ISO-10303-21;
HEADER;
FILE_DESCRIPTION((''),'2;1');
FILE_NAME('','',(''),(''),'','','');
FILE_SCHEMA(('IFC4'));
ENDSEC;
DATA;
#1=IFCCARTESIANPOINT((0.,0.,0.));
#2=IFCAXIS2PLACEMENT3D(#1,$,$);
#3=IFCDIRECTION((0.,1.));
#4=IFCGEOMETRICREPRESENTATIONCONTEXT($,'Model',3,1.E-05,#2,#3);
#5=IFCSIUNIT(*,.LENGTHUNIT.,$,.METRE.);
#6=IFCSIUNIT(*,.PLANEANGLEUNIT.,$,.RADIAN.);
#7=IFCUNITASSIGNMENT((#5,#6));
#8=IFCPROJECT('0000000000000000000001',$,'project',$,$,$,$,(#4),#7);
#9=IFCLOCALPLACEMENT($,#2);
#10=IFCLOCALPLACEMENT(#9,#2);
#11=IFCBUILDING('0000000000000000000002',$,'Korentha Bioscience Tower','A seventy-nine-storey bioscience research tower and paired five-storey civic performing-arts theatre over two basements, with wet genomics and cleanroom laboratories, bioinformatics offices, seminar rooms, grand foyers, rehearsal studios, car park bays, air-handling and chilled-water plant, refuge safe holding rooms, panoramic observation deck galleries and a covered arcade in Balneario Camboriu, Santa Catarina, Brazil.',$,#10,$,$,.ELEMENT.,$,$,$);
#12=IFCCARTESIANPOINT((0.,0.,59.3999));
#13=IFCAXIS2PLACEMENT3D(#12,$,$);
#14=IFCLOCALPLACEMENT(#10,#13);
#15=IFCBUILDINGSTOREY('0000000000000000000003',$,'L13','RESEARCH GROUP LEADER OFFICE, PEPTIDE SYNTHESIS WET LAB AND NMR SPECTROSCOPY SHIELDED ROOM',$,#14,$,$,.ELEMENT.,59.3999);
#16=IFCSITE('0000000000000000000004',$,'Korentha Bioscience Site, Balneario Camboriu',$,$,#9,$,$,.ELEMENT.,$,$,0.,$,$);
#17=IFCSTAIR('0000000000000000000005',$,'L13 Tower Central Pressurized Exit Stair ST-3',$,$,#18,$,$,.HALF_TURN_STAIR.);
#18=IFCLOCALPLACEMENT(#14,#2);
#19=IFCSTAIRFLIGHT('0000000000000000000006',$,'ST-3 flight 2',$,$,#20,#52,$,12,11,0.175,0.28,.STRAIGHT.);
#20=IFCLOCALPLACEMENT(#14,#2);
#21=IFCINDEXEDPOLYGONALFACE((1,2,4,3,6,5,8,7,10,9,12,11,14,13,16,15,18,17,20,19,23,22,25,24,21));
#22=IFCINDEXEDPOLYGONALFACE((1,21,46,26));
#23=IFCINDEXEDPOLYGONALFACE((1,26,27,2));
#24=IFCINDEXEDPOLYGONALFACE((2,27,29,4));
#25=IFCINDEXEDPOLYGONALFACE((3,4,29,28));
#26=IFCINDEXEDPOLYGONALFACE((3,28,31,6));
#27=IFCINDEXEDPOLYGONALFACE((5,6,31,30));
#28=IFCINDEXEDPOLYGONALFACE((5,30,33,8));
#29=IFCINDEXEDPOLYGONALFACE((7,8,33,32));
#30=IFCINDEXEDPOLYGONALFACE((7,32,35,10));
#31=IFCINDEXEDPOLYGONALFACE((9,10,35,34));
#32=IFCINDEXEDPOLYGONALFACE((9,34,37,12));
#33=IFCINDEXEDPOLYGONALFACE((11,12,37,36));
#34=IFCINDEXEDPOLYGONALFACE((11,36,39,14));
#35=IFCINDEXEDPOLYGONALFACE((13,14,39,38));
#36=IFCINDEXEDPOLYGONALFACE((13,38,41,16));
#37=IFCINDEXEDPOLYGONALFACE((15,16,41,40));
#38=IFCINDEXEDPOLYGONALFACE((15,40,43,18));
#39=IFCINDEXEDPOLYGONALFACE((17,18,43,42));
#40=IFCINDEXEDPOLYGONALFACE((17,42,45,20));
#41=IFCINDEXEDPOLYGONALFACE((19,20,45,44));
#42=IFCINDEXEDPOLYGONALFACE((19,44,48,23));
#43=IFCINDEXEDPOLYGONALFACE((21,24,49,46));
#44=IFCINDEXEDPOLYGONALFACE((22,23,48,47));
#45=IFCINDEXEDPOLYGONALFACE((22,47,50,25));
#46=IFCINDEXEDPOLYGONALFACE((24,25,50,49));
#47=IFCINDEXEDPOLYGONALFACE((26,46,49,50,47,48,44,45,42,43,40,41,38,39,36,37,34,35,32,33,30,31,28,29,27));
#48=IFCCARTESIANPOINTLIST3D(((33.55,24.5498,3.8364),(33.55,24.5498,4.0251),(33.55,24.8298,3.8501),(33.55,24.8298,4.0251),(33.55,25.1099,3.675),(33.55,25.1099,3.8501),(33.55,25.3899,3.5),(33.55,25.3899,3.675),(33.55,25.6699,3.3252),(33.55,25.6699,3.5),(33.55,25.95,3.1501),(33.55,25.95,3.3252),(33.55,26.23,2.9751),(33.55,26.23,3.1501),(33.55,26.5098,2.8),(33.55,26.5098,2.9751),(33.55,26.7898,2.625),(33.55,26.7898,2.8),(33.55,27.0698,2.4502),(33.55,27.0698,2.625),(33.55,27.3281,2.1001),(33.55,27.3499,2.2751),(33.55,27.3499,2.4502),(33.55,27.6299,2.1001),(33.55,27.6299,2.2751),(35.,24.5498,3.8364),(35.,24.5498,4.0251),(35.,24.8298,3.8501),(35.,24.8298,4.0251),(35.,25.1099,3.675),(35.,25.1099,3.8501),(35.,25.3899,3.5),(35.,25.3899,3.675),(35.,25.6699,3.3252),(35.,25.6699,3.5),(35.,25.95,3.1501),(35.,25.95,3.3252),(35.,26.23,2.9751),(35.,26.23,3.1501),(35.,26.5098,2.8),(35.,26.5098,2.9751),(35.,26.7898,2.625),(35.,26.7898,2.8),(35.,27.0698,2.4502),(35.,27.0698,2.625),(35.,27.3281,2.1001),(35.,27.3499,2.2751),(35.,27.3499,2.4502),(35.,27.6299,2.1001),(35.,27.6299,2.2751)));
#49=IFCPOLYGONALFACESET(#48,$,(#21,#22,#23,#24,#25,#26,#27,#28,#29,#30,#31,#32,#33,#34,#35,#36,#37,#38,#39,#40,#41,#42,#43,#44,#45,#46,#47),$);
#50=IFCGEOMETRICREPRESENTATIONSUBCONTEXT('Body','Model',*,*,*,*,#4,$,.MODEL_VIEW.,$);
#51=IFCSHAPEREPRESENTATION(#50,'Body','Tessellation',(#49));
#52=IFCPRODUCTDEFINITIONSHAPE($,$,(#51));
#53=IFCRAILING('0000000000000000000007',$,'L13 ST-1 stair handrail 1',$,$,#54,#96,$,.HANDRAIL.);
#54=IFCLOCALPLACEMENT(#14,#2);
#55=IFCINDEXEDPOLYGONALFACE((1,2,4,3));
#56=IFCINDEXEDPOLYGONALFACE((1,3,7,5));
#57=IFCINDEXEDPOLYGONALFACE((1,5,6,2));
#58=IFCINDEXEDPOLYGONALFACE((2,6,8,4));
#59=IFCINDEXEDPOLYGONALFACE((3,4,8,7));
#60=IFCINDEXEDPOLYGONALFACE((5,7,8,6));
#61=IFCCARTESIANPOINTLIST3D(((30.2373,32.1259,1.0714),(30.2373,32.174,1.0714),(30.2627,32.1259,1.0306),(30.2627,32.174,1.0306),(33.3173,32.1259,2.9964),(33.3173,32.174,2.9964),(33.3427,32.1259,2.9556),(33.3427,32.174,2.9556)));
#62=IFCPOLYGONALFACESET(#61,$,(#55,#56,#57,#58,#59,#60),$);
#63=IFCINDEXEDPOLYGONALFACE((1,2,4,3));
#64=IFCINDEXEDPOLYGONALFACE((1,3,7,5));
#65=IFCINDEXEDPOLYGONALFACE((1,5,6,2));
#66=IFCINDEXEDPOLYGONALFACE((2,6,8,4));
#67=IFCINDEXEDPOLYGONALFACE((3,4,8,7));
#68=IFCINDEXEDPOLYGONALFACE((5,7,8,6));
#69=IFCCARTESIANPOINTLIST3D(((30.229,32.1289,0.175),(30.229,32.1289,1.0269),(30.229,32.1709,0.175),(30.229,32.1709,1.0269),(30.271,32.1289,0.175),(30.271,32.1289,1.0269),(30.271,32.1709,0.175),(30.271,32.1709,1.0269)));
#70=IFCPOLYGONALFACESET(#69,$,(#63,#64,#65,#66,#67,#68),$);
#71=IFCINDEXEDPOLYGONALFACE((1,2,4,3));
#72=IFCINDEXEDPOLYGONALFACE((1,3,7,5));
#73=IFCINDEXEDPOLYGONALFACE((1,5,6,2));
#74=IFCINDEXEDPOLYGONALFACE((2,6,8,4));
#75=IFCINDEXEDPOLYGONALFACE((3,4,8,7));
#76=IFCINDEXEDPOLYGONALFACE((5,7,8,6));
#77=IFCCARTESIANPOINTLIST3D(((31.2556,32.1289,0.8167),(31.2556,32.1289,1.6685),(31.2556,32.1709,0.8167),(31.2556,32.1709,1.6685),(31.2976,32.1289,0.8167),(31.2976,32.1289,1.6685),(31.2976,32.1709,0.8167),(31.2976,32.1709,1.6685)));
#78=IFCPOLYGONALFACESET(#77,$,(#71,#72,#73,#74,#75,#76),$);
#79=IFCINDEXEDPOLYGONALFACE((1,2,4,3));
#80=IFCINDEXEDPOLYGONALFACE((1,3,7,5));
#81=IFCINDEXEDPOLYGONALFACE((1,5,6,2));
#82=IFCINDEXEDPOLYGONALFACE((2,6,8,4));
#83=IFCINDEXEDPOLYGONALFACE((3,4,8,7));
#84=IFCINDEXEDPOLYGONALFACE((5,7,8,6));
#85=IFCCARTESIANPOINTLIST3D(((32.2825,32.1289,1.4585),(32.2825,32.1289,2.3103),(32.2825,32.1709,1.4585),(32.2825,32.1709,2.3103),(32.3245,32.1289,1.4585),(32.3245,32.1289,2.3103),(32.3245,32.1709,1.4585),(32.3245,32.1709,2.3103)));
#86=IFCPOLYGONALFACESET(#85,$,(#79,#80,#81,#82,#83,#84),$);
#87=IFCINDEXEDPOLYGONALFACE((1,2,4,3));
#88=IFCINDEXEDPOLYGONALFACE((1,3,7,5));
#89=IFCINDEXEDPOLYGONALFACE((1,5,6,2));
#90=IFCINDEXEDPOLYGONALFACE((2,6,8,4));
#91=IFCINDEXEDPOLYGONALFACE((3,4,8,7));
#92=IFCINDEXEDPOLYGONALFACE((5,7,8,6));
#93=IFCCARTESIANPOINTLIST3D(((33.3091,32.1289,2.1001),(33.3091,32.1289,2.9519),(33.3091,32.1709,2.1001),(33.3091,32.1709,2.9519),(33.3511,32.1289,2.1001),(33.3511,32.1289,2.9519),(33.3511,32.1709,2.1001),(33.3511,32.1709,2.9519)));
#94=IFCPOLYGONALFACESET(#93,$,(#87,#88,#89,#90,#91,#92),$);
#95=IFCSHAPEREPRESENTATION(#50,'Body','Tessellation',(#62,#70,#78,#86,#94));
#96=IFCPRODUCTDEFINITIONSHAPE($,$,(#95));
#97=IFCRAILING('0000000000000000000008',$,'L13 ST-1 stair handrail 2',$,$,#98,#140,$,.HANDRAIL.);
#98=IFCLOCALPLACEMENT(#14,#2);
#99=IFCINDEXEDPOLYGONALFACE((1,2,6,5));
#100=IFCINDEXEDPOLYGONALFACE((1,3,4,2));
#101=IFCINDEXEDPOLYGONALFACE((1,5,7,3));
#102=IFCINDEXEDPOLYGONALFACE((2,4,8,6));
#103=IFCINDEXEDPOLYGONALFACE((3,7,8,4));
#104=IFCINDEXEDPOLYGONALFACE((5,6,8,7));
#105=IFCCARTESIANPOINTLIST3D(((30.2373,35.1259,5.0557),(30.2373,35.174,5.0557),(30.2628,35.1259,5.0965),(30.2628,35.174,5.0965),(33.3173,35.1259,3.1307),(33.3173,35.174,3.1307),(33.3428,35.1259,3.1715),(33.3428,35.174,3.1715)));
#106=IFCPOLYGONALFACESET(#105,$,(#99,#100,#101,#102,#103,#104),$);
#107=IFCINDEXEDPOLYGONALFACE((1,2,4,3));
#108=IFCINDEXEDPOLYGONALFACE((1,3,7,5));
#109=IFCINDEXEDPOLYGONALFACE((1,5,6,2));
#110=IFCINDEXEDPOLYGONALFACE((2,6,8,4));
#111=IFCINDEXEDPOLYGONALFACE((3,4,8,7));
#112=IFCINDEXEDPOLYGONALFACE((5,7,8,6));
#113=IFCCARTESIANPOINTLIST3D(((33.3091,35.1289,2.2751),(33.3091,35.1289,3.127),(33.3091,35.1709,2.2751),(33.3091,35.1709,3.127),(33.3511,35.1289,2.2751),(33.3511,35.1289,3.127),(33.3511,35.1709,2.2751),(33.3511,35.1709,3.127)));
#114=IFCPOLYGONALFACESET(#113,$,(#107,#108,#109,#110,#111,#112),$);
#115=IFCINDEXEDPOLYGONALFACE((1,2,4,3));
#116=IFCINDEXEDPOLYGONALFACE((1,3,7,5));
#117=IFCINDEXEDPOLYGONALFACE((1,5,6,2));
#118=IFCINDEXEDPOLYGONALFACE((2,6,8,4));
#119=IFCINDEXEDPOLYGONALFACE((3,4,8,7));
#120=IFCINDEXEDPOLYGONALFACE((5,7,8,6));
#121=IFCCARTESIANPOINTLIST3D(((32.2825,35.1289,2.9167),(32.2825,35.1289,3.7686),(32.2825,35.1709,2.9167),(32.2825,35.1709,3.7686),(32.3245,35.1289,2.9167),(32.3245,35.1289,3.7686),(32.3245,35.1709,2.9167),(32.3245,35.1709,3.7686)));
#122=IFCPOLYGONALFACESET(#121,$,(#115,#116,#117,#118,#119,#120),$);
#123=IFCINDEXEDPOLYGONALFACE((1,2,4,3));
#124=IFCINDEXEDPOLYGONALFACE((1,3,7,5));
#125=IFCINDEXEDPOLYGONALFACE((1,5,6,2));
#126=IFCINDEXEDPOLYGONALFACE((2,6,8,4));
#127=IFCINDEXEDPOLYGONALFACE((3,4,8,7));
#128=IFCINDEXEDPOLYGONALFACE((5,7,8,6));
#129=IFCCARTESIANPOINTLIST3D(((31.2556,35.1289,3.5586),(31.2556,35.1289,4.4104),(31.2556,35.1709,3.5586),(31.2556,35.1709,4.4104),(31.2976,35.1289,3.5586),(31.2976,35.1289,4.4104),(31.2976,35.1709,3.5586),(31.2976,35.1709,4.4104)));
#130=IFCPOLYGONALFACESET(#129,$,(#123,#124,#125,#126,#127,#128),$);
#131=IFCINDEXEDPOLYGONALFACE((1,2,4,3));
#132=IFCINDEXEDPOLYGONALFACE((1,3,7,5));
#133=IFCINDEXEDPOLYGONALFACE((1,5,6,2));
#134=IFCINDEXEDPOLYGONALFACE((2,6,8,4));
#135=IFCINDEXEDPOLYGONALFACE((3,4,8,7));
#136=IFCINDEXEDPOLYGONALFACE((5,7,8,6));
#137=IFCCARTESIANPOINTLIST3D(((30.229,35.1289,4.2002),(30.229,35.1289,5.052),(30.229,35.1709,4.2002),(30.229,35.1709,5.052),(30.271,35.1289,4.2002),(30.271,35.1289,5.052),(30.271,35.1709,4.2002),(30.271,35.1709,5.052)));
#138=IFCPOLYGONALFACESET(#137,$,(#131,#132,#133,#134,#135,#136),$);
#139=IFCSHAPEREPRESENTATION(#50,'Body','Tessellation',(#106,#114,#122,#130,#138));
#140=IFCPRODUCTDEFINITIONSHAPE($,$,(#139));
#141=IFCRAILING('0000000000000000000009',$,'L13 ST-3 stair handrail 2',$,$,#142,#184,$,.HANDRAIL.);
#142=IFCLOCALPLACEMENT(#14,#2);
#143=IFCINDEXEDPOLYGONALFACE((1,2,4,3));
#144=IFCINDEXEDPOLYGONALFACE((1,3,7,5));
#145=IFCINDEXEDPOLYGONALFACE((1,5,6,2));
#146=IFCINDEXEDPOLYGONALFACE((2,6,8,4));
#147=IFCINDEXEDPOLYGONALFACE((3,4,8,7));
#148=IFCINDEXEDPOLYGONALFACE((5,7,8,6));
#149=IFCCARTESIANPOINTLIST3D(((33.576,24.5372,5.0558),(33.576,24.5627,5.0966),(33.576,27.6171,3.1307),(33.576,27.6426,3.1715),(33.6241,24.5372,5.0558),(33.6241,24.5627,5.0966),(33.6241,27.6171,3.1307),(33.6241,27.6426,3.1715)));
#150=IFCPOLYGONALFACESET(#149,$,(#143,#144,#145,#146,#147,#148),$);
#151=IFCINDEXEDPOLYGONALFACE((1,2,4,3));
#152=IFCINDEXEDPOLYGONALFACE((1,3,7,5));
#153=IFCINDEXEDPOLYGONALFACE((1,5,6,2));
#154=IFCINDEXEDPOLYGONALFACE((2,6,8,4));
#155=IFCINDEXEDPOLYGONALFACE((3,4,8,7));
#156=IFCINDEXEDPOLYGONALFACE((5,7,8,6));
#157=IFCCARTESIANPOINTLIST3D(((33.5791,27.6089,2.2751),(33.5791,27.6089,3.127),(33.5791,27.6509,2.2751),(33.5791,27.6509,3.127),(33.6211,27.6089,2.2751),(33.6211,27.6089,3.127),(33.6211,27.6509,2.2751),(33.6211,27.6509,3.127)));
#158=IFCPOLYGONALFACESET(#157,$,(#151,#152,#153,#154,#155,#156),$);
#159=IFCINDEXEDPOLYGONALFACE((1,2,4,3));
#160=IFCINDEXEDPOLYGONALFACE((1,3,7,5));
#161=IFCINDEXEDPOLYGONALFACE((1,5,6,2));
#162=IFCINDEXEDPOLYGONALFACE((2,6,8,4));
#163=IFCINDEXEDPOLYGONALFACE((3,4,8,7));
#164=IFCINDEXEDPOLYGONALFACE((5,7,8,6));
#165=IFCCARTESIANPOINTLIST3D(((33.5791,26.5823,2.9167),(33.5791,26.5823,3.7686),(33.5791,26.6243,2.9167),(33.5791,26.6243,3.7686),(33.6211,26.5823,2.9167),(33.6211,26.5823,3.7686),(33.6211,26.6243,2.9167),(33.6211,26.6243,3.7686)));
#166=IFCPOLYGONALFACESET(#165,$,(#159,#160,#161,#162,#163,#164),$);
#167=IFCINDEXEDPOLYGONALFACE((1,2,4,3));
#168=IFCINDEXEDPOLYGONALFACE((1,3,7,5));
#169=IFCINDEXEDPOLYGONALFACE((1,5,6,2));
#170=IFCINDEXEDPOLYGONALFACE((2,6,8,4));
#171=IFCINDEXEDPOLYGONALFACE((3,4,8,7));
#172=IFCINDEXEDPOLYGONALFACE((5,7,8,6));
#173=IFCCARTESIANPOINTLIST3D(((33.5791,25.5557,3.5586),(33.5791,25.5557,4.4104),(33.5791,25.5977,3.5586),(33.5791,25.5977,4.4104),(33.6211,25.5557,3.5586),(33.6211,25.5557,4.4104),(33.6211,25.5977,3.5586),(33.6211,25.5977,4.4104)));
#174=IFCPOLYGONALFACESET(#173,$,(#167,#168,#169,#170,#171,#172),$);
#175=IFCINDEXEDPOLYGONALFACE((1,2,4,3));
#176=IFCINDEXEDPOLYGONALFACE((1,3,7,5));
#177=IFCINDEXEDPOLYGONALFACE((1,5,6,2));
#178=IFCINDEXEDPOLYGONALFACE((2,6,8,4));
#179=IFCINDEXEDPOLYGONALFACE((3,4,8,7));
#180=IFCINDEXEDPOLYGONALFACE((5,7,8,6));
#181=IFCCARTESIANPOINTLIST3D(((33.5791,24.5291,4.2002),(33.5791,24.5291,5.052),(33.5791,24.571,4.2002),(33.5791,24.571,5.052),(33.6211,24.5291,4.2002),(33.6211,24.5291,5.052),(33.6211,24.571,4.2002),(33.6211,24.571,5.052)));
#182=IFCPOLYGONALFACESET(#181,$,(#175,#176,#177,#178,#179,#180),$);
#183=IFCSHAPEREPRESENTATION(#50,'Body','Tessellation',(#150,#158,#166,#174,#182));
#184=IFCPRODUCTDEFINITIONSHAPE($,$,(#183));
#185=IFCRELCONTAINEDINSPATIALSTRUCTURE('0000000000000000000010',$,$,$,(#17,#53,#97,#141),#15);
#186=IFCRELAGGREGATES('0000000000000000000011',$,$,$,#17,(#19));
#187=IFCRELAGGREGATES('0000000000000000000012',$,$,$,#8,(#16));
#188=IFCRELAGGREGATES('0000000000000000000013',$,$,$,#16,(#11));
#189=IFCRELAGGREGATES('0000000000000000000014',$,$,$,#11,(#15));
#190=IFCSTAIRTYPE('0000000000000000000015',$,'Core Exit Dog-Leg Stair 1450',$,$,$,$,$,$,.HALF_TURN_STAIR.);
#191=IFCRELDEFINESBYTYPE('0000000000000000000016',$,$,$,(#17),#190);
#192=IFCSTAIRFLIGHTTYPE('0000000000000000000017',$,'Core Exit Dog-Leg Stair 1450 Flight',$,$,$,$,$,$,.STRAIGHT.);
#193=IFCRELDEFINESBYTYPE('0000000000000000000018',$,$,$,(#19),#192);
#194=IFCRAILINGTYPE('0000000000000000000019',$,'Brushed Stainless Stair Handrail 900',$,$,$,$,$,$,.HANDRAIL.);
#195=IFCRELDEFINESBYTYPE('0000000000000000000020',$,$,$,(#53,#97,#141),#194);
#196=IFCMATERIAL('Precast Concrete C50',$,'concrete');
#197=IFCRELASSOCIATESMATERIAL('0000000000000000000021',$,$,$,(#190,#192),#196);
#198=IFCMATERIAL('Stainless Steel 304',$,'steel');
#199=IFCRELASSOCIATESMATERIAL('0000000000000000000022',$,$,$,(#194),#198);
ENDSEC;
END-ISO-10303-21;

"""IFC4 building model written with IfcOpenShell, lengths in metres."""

from ifc_helpers import new_model, si_unit, direction, frame, origin, origin_2d, place, context, subcontext, project, spatial, polyline, rectangle, outline, extrude, material, type_object, element, aggregate, save


model = new_model("IFC4")

# Units and contexts
model_context = context("Model", 3, precision=1e-05, world=origin(), true_north=direction((0.0, 1.0)))
body_context = subcontext(model_context, "Body", "Model", "MODEL_VIEW")
ifc_project = project(units=[si_unit("LENGTHUNIT", "METRE"), si_unit("PLANEANGLEUNIT", "RADIAN")], contexts=[model_context])

# Site, building, storey
site_placement = place(None, origin())
site = spatial("IfcSite", under=ifc_project, at=site_placement, Name="Korentha Bioscience Site, Balneario Camboriu", CompositionType="ELEMENT", RefElevation=0.0)
building_placement = place(site_placement, origin())
building = spatial("IfcBuilding", under=site, at=building_placement, Name="Korentha Bioscience Tower", Description="A seventy-nine-storey bioscience research tower and paired five-storey civic performing-arts theatre over two basements, with wet genomics and cleanroom laboratories, bioinformatics offices, seminar rooms, grand foyers, rehearsal studios, car park bays, air-handling and chilled-water plant, refuge safe holding rooms, panoramic observation deck galleries and a covered arcade in Balneario Camboriu, Santa Catarina, Brazil.", CompositionType="ELEMENT")
storey_placement = place(building_placement, frame((0.0, 0.0, 59.3999)))
storey = spatial("IfcBuildingStorey", under=building, at=storey_placement, Name="L13", Description="RESEARCH GROUP LEADER OFFICE, PEPTIDE SYNTHESIS WET LAB AND NMR SPECTROSCOPY SHIELDED ROOM", CompositionType="ELEMENT", Elevation=59.3999)

# Shared definitions
ifc_material_1 = material(Name="Precast Concrete C50", Category="concrete")
stair_type = type_object("IfcStairType", Name="Core Exit Dog-Leg Stair 1450", PredefinedType="HALF_TURN_STAIR", material=ifc_material_1)
stair_flight_type = type_object("IfcStairFlightType", Name="Core Exit Dog-Leg Stair 1450 Flight", PredefinedType="STRAIGHT", material=ifc_material_1)

# Stair, stair flight
stair_1_placement = place(storey_placement, origin())
stair_1 = element("IfcStair", 1, at=stair_1_placement, inside=storey, type_object=stair_type, Name="L13 Tower Central Pressurized Exit Stair ST-3", PredefinedType="HALF_TURN_STAIR")
stair_flight_1_placement = place(storey_placement, frame((34.2749, 27.6299, 2.1001), z_axis=(0.0, 0.0, 1.0), x_axis=(0.0, -1.0, 0.0)))
stair_flight_1 = element("IfcStairFlight", 2, at=stair_flight_1_placement, type_object=stair_flight_type, Name="ST-3 flight 2", NumberOfRisers=12, NumberOfTreads=11, PredefinedType="STRAIGHT", RiserHeight=0.175, TreadLength=0.28, context=body_context, shape_type="SweptSolid", body=[
    extrude(outline(polyline([(0.0, 0.0), (0.0, 0.175), (0.28, 0.175), (0.28, 0.3501), (0.5601, 0.3501), (0.5601, 0.5249), (0.8401, 0.5249), (0.8401, 0.7), (1.1201, 0.7), (1.1201, 0.875), (1.3999, 0.875), (1.3999, 1.05), (1.6799, 1.05), (1.6799, 1.2251), (1.96, 1.2251), (1.96, 1.3999), (2.24, 1.3999), (2.24, 1.575), (2.52, 1.575), (2.52, 1.75), (2.8, 1.75), (2.8, 1.925), (3.0801, 1.925), (3.0801, 2.1001), (3.0801, 1.7363), (0.3018, 0.0), (0.0, 0.0)])), frame((0.0, 0.7251, 0.0), z_axis=(0.0, -1.0, 0.0), x_axis=(1.0, 0.0, 0.0)), (0.0, 0.0, 1.0), 1.45),
])
aggregate(stair_1, [stair_flight_1])

# Railings
ifc_material_2 = material(Name="Stainless Steel 304", Category="steel")
railing_type_1 = type_object("IfcRailingType", Name="Brushed Stainless Stair Handrail 900", PredefinedType="HANDRAIL", material=ifc_material_2)
railing_1_placement = place(storey_placement, frame((30.25, 32.1499, 0.175)))
element("IfcRailing", 3, at=railing_1_placement, inside=storey, type_object=railing_type_1, Name="L13 ST-1 stair handrail 1", PredefinedType="HANDRAIL", context=body_context, shape_type="SweptSolid", body=[
    extrude(rectangle(XDim=0.0481, YDim=0.0481, at=origin_2d()), frame((0.0, 0.0, 0.876), z_axis=(0.847998, 0.0, 0.529999), x_axis=(0.0, 1.0, 0.0)), (0.0, 0.0, 1.0), 3.6321),
    extrude(rectangle(XDim=0.042, YDim=0.042, at=origin_2d()), origin(), (0.0, 0.0, 1.0), 0.8518),
    extrude(rectangle(XDim=0.042, YDim=0.042, at=origin_2d()), frame((1.0266, 0.0, 0.6416)), (0.0, 0.0, 1.0), 0.8518),
    extrude(rectangle(XDim=0.042, YDim=0.042, at=origin_2d()), frame((2.0535, 0.0, 1.2834)), (0.0, 0.0, 1.0), 0.8518),
    extrude(rectangle(XDim=0.042, YDim=0.042, at=origin_2d()), frame((3.0801, 0.0, 1.925)), (0.0, 0.0, 1.0), 0.8518),
])
railing_2_placement = place(storey_placement, frame((33.3301, 35.1499, 2.2751)))
element("IfcRailing", 4, at=railing_2_placement, inside=storey, type_object=railing_type_1, Name="L13 ST-1 stair handrail 2", PredefinedType="HANDRAIL", context=body_context, shape_type="SweptSolid", body=[
    extrude(rectangle(XDim=0.0481, YDim=0.0481, at=origin_2d()), frame((0.0, 0.0, 0.876), z_axis=(-0.847998, 0.0, 0.529999), x_axis=(0.0, -1.0, 0.0)), (0.0, 0.0, 1.0), 3.6321),
    extrude(rectangle(XDim=0.042, YDim=0.042, at=origin_2d()), origin(), (0.0, 0.0, 1.0), 0.8518),
    extrude(rectangle(XDim=0.042, YDim=0.042, at=origin_2d()), frame((-1.0266, 0.0, 0.6416)), (0.0, 0.0, 1.0), 0.8518),
    extrude(rectangle(XDim=0.042, YDim=0.042, at=origin_2d()), frame((-2.0535, 0.0, 1.2834)), (0.0, 0.0, 1.0), 0.8518),
    extrude(rectangle(XDim=0.042, YDim=0.042, at=origin_2d()), frame((-3.0801, 0.0, 1.925)), (0.0, 0.0, 1.0), 0.8518),
])
railing_3_placement = place(storey_placement, frame((33.6001, 27.6299, 2.2751)))
element("IfcRailing", 5, at=railing_3_placement, inside=storey, type_object=railing_type_1, Name="L13 ST-3 stair handrail 2", PredefinedType="HANDRAIL", context=body_context, shape_type="SweptSolid", body=[
    extrude(rectangle(XDim=0.0481, YDim=0.0481, at=origin_2d()), frame((0.0, 0.0, 0.876), z_axis=(0.0, -0.847979, 0.530029), x_axis=(1.0, 0.0, 0.0)), (0.0, 0.0, 1.0), 3.6321),
    extrude(rectangle(XDim=0.042, YDim=0.042, at=origin_2d()), origin(), (0.0, 0.0, 1.0), 0.8518),
    extrude(rectangle(XDim=0.042, YDim=0.042, at=origin_2d()), frame((0.0, -1.0266, 0.6416)), (0.0, 0.0, 1.0), 0.8518),
    extrude(rectangle(XDim=0.042, YDim=0.042, at=origin_2d()), frame((0.0, -2.0532, 1.2834)), (0.0, 0.0, 1.0), 0.8518),
    extrude(rectangle(XDim=0.042, YDim=0.042, at=origin_2d()), frame((0.0, -3.0798, 1.925)), (0.0, 0.0, 1.0), 0.8518),
])

save(model, "model.ifc")
